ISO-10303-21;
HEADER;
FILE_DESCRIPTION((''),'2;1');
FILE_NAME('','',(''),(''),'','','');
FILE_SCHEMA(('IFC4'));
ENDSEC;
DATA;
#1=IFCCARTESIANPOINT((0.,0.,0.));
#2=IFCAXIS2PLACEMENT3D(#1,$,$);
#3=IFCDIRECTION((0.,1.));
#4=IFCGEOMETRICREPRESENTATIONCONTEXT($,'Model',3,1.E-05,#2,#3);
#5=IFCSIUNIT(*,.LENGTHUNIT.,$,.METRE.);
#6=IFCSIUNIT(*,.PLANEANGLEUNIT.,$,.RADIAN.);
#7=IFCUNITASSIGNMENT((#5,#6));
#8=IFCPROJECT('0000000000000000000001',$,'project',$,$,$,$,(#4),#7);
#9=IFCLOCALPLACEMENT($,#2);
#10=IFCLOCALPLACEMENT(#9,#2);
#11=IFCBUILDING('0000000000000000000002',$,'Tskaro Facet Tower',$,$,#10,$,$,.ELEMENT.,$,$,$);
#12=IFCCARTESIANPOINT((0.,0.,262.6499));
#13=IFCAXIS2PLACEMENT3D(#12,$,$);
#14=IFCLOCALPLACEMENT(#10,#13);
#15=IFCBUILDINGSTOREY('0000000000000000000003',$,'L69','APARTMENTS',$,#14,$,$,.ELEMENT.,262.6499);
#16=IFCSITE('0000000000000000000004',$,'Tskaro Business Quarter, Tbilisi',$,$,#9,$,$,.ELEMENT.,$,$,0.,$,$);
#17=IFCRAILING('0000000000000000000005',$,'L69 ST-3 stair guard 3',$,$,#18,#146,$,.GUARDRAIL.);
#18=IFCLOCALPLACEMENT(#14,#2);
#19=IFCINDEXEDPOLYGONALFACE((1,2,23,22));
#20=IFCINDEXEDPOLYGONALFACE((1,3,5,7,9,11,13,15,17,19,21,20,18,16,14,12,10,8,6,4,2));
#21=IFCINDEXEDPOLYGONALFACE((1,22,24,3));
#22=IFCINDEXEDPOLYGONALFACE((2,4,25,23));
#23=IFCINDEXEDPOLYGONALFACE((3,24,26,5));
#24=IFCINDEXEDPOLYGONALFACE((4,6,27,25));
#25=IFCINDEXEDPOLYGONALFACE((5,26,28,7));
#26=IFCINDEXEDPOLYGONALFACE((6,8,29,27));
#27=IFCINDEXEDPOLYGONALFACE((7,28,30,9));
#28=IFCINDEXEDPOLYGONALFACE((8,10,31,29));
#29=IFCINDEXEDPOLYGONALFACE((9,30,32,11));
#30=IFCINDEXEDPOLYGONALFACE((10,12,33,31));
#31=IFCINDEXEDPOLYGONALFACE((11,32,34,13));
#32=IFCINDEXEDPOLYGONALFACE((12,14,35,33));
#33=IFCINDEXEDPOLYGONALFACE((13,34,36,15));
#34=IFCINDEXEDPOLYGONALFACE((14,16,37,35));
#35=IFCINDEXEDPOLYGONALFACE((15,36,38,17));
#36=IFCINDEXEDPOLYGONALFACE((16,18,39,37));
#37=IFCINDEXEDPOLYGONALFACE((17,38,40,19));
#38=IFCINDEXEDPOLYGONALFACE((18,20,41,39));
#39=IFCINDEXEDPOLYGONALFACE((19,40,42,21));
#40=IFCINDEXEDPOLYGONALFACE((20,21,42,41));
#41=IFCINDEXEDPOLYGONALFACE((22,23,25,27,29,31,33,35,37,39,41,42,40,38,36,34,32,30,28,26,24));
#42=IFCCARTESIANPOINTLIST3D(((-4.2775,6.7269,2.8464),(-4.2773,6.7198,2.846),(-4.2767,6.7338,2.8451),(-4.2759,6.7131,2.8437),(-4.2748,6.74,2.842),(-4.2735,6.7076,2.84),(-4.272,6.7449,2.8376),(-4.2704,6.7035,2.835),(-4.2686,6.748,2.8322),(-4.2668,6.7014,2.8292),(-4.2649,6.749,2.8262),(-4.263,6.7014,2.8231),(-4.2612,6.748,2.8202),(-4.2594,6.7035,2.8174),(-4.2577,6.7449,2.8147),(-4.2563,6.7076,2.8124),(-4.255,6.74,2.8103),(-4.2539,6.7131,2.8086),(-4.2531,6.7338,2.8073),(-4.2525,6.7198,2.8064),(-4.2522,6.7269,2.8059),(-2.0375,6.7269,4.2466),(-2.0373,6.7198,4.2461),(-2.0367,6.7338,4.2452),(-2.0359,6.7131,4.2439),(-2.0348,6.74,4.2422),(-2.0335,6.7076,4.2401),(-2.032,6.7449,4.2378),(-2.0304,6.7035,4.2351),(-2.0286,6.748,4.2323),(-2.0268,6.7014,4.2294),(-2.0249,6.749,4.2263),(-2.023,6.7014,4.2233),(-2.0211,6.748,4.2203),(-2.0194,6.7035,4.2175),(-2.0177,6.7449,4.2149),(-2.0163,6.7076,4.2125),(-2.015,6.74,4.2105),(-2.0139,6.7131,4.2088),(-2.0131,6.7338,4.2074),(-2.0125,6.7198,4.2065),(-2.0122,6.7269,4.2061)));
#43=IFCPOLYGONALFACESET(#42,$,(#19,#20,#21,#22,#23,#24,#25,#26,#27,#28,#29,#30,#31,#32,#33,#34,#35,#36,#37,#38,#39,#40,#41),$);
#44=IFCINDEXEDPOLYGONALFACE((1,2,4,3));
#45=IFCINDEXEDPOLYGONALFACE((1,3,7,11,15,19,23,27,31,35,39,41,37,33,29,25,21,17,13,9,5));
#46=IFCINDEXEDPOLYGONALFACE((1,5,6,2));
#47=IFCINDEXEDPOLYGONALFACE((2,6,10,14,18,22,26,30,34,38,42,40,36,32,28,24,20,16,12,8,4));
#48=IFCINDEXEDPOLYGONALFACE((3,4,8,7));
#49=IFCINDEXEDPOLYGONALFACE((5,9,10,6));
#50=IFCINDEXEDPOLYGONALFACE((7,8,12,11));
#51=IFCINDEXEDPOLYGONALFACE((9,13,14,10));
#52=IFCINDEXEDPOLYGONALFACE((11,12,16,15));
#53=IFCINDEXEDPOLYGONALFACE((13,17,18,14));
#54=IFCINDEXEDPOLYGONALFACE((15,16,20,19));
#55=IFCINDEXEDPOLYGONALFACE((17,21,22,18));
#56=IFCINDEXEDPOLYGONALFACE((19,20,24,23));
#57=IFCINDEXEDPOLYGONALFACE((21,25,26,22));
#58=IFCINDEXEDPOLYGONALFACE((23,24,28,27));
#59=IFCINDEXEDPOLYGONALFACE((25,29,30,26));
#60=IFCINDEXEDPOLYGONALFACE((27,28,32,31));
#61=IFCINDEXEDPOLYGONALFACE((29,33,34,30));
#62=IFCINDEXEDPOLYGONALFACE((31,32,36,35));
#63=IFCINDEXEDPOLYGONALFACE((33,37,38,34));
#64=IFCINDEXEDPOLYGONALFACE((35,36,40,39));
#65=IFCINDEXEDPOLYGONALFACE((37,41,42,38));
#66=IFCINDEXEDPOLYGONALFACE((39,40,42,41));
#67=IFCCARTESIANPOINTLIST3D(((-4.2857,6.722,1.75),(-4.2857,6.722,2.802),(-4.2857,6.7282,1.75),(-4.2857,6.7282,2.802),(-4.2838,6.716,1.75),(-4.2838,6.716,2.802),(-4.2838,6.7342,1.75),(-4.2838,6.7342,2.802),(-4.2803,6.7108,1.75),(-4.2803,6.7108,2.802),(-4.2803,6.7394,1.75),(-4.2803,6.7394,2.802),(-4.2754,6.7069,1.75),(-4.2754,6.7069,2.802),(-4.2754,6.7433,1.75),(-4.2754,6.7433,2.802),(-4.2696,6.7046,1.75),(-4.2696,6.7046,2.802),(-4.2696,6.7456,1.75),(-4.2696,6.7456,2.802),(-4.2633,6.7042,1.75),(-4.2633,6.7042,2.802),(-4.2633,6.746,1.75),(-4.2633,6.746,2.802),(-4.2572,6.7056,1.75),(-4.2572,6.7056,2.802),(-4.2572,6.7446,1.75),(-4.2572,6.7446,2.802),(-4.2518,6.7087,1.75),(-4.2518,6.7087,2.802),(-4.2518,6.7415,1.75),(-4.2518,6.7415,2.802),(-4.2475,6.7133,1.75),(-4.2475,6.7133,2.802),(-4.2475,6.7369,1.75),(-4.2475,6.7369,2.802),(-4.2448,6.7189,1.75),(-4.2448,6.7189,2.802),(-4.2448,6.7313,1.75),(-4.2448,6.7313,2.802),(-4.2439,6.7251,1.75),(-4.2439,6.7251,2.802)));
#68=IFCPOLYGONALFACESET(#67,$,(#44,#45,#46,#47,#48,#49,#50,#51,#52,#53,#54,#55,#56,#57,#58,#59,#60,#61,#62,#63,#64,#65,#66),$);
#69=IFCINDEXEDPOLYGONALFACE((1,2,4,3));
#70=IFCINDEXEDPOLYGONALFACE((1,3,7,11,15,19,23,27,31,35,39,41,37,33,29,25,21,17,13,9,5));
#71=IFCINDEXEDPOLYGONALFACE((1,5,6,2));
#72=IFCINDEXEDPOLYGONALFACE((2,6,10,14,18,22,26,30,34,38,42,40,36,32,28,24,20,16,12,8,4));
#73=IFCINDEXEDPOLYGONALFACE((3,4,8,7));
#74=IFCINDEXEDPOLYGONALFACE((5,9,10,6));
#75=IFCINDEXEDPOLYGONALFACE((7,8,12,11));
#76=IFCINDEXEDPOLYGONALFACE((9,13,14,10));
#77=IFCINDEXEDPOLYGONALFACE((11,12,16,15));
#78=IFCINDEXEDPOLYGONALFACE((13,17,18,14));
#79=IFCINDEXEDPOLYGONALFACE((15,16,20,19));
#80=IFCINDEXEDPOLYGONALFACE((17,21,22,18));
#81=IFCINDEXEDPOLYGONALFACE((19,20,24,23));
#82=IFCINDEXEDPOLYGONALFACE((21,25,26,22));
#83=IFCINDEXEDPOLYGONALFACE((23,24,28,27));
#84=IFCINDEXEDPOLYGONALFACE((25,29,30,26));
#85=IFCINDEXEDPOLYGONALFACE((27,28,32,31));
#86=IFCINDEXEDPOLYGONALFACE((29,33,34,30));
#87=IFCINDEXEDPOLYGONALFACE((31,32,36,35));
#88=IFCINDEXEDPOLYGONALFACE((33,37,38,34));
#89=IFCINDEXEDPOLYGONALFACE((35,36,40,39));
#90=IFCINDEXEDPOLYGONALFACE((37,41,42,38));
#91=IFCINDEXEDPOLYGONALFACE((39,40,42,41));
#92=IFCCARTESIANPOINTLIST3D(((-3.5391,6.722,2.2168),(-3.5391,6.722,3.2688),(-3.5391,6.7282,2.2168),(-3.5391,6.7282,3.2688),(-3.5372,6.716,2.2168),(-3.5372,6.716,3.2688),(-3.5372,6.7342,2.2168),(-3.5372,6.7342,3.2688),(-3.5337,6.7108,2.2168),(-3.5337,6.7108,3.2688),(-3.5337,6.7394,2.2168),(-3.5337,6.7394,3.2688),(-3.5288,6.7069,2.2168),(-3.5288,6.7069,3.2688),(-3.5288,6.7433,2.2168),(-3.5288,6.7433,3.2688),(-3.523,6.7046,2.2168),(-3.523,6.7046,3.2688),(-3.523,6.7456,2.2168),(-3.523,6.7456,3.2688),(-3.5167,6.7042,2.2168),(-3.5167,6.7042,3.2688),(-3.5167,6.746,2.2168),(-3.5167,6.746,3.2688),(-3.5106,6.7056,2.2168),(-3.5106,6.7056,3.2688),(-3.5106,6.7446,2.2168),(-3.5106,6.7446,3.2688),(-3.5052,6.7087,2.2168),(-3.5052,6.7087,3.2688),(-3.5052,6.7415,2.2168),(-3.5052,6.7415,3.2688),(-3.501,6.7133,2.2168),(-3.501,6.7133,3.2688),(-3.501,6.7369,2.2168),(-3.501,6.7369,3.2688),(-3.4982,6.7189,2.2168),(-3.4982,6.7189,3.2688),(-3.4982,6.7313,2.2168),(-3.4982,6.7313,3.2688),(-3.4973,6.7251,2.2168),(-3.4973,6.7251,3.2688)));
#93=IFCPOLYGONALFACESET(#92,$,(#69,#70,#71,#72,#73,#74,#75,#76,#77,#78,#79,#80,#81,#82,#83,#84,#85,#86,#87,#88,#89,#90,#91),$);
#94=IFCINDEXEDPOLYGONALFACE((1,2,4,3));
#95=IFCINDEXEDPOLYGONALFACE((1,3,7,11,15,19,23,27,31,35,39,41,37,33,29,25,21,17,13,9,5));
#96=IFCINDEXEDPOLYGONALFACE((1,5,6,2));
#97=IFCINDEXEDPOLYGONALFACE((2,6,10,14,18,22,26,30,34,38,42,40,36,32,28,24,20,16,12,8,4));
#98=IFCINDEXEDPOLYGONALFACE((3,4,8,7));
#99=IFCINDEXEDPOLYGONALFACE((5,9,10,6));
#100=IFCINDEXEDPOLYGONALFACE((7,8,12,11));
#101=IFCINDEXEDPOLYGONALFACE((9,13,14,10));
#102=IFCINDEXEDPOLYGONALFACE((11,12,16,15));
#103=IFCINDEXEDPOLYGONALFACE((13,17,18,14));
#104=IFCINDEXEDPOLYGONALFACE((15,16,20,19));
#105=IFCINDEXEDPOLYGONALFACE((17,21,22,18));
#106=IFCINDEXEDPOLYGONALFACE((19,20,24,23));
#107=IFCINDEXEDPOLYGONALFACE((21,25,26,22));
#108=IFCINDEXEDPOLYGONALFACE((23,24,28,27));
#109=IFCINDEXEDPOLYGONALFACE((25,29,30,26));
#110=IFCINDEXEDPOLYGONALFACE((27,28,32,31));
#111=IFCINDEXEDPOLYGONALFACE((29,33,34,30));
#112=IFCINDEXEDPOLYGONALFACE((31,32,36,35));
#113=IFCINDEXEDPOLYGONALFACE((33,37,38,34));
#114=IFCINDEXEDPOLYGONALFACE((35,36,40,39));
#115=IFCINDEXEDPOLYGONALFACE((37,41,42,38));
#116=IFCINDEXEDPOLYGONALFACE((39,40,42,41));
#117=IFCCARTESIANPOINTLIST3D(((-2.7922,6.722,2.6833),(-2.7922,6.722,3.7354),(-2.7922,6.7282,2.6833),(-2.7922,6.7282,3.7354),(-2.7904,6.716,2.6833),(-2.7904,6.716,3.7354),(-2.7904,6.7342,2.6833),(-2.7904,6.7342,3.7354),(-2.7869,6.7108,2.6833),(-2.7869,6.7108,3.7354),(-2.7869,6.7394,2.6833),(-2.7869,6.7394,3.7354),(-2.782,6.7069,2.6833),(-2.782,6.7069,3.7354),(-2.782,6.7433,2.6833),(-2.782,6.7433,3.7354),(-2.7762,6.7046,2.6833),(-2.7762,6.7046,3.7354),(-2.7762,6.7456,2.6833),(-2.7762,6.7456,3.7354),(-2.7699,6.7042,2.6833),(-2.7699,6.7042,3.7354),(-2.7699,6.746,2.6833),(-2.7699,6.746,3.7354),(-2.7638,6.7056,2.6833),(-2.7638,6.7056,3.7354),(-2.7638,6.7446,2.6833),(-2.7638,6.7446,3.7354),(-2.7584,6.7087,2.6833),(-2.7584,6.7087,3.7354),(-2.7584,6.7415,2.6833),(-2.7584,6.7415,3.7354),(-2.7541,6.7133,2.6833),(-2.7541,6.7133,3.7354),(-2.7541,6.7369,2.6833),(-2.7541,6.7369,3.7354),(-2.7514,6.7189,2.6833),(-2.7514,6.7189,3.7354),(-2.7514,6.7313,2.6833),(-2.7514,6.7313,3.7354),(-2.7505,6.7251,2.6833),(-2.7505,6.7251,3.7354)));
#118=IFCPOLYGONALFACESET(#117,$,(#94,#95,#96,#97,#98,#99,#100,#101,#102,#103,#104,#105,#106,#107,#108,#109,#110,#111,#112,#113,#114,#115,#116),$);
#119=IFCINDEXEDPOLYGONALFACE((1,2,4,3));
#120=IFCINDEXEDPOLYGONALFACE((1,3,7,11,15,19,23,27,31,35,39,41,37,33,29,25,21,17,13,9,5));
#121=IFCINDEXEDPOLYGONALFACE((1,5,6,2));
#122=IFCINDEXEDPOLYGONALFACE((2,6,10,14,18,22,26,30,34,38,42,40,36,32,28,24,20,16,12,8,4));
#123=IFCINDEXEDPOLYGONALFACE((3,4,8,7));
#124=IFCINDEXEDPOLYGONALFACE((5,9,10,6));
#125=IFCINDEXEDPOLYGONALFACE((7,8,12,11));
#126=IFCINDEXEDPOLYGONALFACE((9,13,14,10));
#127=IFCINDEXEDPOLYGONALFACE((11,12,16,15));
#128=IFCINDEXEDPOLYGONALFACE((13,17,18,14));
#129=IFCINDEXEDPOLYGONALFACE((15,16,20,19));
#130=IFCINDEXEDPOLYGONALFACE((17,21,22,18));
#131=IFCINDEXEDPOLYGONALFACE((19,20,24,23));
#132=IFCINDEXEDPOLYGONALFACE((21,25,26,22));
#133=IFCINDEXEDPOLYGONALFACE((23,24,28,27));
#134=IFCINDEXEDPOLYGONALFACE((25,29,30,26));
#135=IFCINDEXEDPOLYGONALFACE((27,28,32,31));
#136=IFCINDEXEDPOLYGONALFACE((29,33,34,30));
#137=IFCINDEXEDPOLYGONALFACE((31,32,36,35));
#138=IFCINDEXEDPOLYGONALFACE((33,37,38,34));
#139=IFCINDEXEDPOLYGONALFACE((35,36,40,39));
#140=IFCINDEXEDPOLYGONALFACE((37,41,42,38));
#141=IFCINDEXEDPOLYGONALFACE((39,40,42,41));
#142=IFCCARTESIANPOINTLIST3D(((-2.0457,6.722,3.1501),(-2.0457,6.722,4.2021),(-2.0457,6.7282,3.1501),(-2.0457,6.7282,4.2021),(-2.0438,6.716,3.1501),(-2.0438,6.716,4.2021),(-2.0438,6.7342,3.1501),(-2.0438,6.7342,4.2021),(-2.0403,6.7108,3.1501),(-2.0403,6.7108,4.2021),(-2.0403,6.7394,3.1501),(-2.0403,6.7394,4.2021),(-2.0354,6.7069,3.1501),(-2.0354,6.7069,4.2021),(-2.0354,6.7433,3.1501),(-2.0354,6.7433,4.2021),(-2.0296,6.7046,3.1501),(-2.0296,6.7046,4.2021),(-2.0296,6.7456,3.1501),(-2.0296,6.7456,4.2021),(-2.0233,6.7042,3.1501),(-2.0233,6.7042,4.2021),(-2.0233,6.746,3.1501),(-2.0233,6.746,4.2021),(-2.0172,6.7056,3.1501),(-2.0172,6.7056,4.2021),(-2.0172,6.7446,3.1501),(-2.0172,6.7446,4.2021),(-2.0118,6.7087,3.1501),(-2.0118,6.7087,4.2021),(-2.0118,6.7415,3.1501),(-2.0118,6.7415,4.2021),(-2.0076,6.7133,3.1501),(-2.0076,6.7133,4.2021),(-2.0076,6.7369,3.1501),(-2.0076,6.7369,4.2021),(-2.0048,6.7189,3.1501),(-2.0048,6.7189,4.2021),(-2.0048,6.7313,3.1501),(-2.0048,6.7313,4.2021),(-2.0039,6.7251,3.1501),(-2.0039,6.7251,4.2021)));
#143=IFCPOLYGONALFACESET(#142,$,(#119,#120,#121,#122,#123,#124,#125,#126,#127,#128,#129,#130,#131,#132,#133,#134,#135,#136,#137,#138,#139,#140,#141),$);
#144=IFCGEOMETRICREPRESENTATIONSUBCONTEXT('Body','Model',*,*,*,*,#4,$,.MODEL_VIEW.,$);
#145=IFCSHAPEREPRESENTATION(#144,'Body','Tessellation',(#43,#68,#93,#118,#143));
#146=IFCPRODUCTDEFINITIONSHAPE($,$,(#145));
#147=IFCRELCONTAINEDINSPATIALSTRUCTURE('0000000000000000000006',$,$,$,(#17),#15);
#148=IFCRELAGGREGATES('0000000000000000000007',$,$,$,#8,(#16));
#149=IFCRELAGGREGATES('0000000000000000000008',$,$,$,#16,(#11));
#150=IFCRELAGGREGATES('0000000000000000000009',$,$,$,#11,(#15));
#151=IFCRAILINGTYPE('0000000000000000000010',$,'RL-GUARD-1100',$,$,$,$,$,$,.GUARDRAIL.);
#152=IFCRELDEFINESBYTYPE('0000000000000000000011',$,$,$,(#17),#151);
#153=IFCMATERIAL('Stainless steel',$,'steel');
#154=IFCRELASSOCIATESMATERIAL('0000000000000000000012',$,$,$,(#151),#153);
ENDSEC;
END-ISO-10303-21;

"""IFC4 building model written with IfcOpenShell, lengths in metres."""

from ifc_helpers import new_model, si_unit, direction, frame, origin, origin_2d, place, context, subcontext, project, spatial, circle, extrude, material, type_object, element, save


model = new_model("IFC4")

# Units and contexts
model_context = context("Model", 3, precision=1e-05, world=origin(), true_north=direction((0.0, 1.0)))
body_context = subcontext(model_context, "Body", "Model", "MODEL_VIEW")
ifc_project = project(units=[si_unit("LENGTHUNIT", "METRE"), si_unit("PLANEANGLEUNIT", "RADIAN")], contexts=[model_context])

# Site, building, storey
site_placement = place(None, origin())
site = spatial("IfcSite", under=ifc_project, at=site_placement, Name="Tskaro Business Quarter, Tbilisi", CompositionType="ELEMENT", RefElevation=0.0)
building_placement = place(site_placement, origin())
building = spatial("IfcBuilding", under=site, at=building_placement, Name="Tskaro Facet Tower", CompositionType="ELEMENT")
storey_placement = place(building_placement, frame((0.0, 0.0, 262.6499)))
storey = spatial("IfcBuildingStorey", under=building, at=storey_placement, Name="L69", Description="APARTMENTS", CompositionType="ELEMENT", Elevation=262.6499)

# Railing
ifc_material_1 = material(Name="Stainless steel", Category="steel")
railing_type_1 = type_object("IfcRailingType", Name="RL-GUARD-1100", PredefinedType="GUARDRAIL", material=ifc_material_1)
railing_1_placement = place(storey_placement, frame((-4.2649, 6.7251, 1.75)))
element("IfcRailing", 1, at=railing_1_placement, inside=storey, type_object=railing_type_1, Name="L69 ST-3 stair guard 3", PredefinedType="GUARDRAIL", context=body_context, shape_type="SweptSolid", body=[
    extrude(circle(Radius=0.0239, at=origin_2d()), frame((0.0, 0.0, 1.0762), z_axis=(0.847972, 0.0, 0.53004), x_axis=(0.0, 1.0, 0.0)), (0.0, 0.0, 1.0), 2.6416),
    extrude(circle(Radius=0.021, at=origin_2d()), origin(), (0.0, 0.0, 1.0), 1.052),
    extrude(circle(Radius=0.021, at=origin_2d()), frame((0.7466, 0.0, 0.4668)), (0.0, 0.0, 1.0), 1.052),
    extrude(circle(Radius=0.021, at=origin_2d()), frame((1.4934, 0.0, 0.9333)), (0.0, 0.0, 1.0), 1.052),
    extrude(circle(Radius=0.021, at=origin_2d()), frame((2.24, 0.0, 1.4001)), (0.0, 0.0, 1.0), 1.052),
])

save(model, "model.ifc")
